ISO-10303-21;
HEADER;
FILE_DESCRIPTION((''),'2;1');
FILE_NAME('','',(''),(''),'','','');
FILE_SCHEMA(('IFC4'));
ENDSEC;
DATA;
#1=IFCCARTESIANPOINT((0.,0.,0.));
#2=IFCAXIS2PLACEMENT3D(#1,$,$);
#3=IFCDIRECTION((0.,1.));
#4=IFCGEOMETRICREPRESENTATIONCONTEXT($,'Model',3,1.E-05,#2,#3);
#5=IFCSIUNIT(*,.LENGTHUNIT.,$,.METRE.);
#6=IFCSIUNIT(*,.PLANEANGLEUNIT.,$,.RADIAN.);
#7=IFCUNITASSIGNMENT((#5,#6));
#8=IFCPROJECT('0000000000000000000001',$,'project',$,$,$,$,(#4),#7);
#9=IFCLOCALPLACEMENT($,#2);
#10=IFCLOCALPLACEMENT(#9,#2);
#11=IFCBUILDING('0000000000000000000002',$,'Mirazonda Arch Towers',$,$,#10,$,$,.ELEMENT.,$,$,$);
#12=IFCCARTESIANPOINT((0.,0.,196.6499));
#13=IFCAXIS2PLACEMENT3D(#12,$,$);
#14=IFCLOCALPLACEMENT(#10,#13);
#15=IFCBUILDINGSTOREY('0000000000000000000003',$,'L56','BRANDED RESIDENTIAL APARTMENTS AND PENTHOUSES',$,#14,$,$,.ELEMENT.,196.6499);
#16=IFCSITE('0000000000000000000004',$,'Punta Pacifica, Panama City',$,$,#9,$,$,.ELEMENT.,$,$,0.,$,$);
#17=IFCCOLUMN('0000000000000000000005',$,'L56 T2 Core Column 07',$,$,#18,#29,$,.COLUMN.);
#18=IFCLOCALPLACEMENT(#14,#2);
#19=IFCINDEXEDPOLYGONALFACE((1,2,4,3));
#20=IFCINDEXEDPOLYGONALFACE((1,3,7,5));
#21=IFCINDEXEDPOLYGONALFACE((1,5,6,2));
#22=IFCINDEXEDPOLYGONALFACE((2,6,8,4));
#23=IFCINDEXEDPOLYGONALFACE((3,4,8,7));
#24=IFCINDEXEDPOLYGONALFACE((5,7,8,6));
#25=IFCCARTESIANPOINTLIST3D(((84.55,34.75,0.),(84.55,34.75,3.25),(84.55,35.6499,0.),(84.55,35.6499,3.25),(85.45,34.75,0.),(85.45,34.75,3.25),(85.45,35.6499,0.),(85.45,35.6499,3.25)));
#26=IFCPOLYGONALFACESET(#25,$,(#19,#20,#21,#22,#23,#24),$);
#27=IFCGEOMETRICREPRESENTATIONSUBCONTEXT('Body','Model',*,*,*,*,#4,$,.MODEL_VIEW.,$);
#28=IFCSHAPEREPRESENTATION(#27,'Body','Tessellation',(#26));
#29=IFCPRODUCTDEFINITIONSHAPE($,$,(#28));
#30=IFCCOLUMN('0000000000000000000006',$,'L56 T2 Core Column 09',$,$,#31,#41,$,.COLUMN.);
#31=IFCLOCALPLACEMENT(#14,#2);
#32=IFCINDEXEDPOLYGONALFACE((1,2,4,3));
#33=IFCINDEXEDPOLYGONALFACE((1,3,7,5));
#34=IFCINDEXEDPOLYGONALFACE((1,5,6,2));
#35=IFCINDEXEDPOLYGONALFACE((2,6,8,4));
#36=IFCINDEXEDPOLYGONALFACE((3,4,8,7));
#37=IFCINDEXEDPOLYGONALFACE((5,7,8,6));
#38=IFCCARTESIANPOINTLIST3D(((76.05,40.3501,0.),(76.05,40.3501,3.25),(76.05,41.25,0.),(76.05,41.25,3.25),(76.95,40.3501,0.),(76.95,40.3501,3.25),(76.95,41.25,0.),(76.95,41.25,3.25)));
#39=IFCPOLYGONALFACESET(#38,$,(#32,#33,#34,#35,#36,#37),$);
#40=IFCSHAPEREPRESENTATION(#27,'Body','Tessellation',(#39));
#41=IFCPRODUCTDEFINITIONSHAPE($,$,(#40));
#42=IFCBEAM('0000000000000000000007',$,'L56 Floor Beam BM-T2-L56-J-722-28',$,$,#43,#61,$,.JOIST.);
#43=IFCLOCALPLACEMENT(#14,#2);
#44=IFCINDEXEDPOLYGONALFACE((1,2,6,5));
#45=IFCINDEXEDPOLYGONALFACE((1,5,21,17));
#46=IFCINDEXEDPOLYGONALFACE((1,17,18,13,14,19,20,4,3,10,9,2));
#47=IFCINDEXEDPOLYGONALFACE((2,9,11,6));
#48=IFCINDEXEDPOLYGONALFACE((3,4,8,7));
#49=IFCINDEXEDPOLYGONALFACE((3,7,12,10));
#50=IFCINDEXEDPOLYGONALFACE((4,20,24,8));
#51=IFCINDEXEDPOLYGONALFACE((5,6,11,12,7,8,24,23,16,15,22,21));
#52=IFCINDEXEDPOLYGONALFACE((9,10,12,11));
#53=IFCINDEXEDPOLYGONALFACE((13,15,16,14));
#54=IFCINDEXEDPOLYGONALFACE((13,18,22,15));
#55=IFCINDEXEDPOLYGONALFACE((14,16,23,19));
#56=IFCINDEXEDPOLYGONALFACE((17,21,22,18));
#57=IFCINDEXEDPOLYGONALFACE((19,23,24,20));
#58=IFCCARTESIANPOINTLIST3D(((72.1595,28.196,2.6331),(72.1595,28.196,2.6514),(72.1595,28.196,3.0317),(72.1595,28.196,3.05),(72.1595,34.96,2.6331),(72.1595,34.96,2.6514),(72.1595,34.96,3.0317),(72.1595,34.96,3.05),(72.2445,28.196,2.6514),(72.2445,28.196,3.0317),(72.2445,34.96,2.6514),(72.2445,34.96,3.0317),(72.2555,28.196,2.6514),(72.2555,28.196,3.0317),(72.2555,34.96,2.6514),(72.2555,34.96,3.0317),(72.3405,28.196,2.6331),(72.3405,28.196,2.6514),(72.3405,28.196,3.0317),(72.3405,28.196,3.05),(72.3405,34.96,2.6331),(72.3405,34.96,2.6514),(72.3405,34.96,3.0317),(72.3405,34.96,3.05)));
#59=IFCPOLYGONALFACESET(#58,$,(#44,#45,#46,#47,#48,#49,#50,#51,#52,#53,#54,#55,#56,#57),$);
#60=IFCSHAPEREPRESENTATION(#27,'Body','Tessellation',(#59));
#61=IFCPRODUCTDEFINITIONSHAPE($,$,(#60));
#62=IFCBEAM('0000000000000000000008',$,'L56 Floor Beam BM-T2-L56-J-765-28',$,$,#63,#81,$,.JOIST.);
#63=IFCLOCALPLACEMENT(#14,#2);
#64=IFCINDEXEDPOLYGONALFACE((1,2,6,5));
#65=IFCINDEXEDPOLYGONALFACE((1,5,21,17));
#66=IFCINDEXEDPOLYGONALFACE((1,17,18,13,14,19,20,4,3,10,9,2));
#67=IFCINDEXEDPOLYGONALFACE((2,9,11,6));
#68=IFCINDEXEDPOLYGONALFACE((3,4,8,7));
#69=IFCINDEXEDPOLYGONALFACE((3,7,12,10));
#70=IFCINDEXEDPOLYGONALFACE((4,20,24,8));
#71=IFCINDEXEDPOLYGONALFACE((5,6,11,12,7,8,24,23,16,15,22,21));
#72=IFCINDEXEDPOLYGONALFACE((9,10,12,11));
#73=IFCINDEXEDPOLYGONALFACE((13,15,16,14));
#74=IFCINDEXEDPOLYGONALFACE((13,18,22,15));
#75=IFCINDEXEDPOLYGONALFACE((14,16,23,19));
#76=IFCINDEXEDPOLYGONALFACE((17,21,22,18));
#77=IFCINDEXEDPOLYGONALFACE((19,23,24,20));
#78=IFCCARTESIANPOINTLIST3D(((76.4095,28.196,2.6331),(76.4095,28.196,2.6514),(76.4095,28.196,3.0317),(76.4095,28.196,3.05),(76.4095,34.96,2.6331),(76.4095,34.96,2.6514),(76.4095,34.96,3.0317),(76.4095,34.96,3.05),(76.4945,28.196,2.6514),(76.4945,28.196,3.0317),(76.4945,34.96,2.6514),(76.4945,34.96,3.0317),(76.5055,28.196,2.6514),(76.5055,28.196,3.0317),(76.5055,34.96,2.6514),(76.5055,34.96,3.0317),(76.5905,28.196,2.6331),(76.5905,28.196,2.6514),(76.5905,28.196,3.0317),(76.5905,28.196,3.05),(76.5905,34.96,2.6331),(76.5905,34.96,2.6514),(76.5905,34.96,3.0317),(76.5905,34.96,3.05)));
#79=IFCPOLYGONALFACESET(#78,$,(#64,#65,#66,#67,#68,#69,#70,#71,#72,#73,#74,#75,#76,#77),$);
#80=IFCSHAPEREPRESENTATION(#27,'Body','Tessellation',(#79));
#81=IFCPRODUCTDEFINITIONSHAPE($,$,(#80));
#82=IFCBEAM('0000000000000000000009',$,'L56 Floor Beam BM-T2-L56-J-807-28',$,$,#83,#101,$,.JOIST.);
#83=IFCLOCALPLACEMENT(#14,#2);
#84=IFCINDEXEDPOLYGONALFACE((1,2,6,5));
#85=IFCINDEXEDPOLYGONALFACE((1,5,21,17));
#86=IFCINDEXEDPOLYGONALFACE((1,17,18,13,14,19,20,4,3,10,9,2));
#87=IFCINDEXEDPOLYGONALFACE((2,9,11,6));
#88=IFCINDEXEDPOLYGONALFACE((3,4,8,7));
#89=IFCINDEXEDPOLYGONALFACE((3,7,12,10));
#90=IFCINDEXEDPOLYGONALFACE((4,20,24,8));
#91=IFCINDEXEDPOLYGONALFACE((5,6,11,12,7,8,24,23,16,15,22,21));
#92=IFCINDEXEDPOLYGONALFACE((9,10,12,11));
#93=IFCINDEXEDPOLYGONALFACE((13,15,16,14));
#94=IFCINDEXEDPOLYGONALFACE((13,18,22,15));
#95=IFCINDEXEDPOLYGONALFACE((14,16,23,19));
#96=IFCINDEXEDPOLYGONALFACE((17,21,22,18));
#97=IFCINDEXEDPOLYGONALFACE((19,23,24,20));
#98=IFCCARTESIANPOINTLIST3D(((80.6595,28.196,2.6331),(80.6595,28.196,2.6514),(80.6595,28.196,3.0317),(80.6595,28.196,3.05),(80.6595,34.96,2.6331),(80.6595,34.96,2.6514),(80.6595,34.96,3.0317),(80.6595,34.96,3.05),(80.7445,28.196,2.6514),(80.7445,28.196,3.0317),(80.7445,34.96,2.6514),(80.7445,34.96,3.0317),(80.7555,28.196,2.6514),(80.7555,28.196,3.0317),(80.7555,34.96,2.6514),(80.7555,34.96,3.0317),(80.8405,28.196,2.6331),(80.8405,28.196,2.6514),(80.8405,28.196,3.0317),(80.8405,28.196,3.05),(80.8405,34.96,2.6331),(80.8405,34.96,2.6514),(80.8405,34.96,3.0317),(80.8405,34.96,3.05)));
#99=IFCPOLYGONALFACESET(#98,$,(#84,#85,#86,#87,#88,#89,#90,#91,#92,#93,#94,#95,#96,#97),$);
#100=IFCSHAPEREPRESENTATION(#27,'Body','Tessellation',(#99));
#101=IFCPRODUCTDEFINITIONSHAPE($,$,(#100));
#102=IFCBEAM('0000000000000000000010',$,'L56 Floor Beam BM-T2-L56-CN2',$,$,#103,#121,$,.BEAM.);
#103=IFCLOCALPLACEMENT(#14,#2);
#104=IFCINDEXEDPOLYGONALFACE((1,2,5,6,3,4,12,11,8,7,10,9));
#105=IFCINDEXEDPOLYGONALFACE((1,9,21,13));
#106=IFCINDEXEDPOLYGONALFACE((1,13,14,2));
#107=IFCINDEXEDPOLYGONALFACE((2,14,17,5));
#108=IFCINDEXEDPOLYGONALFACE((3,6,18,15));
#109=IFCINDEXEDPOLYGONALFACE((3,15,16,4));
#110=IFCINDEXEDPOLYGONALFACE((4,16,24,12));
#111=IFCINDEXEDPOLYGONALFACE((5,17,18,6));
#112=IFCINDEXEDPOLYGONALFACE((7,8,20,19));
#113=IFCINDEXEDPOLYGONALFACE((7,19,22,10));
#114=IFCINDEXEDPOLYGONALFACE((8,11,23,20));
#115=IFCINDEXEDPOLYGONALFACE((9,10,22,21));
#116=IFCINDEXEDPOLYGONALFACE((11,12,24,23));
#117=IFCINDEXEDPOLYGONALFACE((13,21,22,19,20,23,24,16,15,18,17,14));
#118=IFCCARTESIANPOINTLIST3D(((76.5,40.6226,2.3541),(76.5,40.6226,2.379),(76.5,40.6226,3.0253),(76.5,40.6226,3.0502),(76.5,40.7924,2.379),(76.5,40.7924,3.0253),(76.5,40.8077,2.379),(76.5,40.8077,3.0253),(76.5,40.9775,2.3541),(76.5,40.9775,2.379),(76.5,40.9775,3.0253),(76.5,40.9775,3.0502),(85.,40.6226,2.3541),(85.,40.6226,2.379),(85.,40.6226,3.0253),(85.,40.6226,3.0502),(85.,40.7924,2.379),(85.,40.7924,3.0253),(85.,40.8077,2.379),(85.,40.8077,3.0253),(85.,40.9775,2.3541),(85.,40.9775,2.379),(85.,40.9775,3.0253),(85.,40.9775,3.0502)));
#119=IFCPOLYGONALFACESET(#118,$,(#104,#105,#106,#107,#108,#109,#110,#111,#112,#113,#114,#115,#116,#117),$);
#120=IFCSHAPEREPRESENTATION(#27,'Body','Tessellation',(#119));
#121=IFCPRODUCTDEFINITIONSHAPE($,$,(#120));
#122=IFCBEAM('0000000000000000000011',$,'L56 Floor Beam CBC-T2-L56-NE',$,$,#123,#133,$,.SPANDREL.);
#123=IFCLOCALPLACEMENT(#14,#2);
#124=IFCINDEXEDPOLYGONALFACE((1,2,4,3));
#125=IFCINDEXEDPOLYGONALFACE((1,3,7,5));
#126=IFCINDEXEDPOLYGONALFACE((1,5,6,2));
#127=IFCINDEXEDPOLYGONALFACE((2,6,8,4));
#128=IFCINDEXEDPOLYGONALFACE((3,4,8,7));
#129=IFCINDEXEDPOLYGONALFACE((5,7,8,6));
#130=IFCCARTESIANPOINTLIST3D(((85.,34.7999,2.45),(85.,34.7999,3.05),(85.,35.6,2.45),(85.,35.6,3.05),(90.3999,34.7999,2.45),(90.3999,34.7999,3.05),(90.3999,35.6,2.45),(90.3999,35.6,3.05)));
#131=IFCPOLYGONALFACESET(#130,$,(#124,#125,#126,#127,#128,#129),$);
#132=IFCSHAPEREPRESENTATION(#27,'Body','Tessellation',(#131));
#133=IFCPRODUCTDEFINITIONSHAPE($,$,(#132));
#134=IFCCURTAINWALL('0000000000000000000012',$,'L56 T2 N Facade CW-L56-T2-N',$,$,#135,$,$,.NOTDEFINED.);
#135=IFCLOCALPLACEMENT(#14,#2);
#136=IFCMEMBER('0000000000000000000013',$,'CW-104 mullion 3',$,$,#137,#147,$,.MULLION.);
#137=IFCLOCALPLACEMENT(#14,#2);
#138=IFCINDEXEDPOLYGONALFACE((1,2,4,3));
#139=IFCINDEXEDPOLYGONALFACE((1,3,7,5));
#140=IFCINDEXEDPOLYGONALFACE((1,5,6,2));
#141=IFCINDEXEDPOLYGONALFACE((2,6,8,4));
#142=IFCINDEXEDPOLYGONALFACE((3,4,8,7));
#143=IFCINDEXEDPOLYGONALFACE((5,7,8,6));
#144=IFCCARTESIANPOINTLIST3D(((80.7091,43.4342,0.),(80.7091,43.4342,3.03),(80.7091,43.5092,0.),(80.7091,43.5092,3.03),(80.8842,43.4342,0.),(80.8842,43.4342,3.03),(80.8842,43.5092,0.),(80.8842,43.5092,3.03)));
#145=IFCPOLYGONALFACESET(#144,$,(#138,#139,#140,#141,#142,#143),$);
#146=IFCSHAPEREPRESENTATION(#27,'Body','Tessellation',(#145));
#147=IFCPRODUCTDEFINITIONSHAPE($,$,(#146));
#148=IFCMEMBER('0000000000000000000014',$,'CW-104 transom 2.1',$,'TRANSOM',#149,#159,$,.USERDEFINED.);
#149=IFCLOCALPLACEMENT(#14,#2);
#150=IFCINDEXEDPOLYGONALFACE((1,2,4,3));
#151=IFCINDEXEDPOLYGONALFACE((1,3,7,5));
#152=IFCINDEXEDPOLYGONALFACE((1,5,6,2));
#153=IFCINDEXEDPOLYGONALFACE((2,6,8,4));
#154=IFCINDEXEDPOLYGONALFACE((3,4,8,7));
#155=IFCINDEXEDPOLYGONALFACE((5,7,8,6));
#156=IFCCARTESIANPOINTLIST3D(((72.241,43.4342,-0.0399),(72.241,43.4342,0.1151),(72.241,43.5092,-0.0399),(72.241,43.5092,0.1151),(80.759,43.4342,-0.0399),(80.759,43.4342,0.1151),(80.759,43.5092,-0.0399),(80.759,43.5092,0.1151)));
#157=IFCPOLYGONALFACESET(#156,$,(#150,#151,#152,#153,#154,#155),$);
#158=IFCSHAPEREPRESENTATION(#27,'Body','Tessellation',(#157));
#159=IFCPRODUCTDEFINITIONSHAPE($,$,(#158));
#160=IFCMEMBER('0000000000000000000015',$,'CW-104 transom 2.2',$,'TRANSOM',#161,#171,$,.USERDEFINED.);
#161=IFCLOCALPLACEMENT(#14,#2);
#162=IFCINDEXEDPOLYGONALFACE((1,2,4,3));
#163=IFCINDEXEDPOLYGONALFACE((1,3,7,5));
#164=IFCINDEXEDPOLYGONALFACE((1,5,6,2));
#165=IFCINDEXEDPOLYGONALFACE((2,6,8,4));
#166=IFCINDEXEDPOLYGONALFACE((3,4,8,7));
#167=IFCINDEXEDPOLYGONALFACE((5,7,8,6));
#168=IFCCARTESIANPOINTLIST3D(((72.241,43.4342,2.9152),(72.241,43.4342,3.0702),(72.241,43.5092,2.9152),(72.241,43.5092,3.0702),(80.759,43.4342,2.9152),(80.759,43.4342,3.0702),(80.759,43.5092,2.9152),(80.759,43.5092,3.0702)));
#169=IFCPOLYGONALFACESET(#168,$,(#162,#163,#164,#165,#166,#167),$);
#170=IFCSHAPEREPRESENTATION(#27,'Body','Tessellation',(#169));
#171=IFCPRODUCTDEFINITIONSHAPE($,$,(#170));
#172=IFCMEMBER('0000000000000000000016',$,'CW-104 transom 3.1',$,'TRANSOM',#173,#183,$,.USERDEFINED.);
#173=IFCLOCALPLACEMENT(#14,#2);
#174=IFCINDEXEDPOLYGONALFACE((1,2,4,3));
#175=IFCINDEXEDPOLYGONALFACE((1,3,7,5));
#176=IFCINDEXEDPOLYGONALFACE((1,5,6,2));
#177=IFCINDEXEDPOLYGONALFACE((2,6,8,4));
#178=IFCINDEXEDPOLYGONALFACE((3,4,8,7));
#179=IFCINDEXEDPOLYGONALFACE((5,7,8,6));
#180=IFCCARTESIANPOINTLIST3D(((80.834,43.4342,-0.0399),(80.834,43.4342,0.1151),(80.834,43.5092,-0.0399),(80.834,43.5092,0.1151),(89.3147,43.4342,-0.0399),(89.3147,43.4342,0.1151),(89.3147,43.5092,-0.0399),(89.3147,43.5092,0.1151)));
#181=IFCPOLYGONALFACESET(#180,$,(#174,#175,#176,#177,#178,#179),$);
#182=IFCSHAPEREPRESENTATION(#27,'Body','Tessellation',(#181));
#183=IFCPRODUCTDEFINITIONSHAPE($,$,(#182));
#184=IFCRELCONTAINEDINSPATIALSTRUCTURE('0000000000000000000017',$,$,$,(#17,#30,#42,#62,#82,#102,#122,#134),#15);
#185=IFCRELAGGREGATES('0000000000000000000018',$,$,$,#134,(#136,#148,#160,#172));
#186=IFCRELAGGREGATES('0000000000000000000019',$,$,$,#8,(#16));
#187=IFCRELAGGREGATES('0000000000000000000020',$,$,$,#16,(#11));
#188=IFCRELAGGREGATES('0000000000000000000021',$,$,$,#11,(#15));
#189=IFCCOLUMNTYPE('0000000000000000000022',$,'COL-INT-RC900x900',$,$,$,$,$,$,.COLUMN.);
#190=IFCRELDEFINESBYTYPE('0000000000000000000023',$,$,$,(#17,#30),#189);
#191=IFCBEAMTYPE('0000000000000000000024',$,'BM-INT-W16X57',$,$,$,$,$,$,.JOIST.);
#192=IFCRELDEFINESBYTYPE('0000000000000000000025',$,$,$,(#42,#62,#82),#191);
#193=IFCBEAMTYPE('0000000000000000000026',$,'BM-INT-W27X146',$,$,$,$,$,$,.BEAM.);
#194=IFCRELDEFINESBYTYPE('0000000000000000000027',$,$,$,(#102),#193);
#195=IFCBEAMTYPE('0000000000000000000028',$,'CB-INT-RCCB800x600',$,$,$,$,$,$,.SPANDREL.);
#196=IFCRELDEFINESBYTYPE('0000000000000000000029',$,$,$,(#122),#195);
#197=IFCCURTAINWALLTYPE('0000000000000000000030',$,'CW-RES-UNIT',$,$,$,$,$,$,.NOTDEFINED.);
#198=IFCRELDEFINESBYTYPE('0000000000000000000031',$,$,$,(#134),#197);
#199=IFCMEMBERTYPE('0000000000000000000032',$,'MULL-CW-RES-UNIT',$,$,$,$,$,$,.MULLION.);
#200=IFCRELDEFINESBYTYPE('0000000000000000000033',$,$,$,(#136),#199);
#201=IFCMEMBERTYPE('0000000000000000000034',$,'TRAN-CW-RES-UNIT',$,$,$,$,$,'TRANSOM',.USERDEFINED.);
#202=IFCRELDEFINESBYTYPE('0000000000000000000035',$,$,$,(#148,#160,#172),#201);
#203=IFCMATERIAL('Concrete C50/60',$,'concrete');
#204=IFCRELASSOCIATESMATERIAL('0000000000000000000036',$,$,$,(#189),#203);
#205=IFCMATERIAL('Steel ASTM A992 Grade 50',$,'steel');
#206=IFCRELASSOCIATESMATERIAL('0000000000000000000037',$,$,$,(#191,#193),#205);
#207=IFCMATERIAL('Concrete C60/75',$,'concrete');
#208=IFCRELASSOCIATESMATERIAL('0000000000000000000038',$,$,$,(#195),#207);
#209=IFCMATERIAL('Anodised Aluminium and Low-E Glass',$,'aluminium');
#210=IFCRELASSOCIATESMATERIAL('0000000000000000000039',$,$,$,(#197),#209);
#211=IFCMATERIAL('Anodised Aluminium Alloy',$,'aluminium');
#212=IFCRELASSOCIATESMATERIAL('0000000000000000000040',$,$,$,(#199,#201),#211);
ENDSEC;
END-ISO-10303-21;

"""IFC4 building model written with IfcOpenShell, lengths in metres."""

from ifc_helpers import new_model, si_unit, direction, frame, origin, origin_2d, place, context, subcontext, project, spatial, rectangle, i_section, extrude, material, material_profile, profile_set, type_object, element, aggregate, save


model = new_model("IFC4")

# Units and contexts
model_context = context("Model", 3, precision=1e-05, world=origin(), true_north=direction((0.0, 1.0)))
body_context = subcontext(model_context, "Body", "Model", "MODEL_VIEW")
ifc_project = project(units=[si_unit("LENGTHUNIT", "METRE"), si_unit("PLANEANGLEUNIT", "RADIAN")], contexts=[model_context])

# Site, building, storey
site_placement = place(None, origin())
site = spatial("IfcSite", under=ifc_project, at=site_placement, Name="Punta Pacifica, Panama City", CompositionType="ELEMENT", RefElevation=0.0)
building_placement = place(site_placement, origin())
building = spatial("IfcBuilding", under=site, at=building_placement, Name="Mirazonda Arch Towers", CompositionType="ELEMENT")
storey_placement = place(building_placement, frame((0.0, 0.0, 196.6499)))
storey = spatial("IfcBuildingStorey", under=building, at=storey_placement, Name="L56", Description="BRANDED RESIDENTIAL APARTMENTS AND PENTHOUSES", CompositionType="ELEMENT", Elevation=196.6499)

# Columns
ifc_material_1 = material(Name="Concrete C50/60", Category="concrete")
ifc_material_profile_1 = material_profile(ifc_material_1, rectangle(XDim=0.8999, YDim=0.8999, at=origin_2d()), Name="RC900x900")
ifc_profile_set_1 = profile_set([ifc_material_profile_1], Name="Concrete C50/60")
column_type = type_object("IfcColumnType", Name="COL-INT-RC900x900", PredefinedType="COLUMN", material=ifc_profile_set_1)
for number, where, z_axis, x_axis, name in (
    (1, (85.0, 35.2, 0.0), (0.0, 0.0, 1.0), (1.0, 0.0, 0.0), "L56 T2 Core Column 07"),
    (2, (76.5, 40.8, 0.0), (0.0, 0.0, 1.0), (1.0, 0.0, 0.0), "L56 T2 Core Column 09"),
):
    element("IfcColumn", number, at=place(storey_placement, frame(where, z_axis=z_axis, x_axis=x_axis)), inside=storey, type_object=column_type, Name=name, PredefinedType="COLUMN", context=body_context, shape_type="SweptSolid", body=[
        extrude(rectangle(XDim=0.8999, YDim=0.8999, at=origin_2d()), origin(), (0.0, 0.0, 1.0), 3.25),
    ])

# Beams
ifc_material_2 = material(Name="Steel ASTM A992 Grade 50", Category="steel")
ifc_material_profile_2 = material_profile(ifc_material_2, i_section(OverallWidth=0.1809, OverallDepth=0.417, WebThickness=0.011, FlangeThickness=0.0183, at=origin_2d()), Name="W16X57")
ifc_profile_set_2 = profile_set([ifc_material_profile_2], Name="Steel ASTM A992 Grade 50")
beam_type_1 = type_object("IfcBeamType", Name="BM-INT-W16X57", PredefinedType="JOIST", material=ifc_profile_set_2)
for number, where, z_axis, x_axis, name in (
    (3, (72.25, 28.196, 2.8416), (0.0, 1.0, 0.0), (-1.0, 0.0, 0.0), "L56 Floor Beam BM-T2-L56-J-722-28"),
    (4, (76.5, 28.196, 2.8416), (0.0, 1.0, 0.0), (-1.0, 0.0, 0.0), "L56 Floor Beam BM-T2-L56-J-765-28"),
    (5, (80.75, 28.196, 2.8416), (0.0, 1.0, 0.0), (-1.0, 0.0, 0.0), "L56 Floor Beam BM-T2-L56-J-807-28"),
):
    element("IfcBeam", number, at=place(storey_placement, frame(where, z_axis=z_axis, x_axis=x_axis)), inside=storey, type_object=beam_type_1, Name=name, PredefinedType="JOIST", context=body_context, shape_type="SweptSolid", body=[
        extrude(i_section(OverallWidth=0.1809, OverallDepth=0.417, WebThickness=0.011, FlangeThickness=0.0183, at=origin_2d()), origin(), (0.0, 0.0, 1.0), 6.7639),
    ])
ifc_material_profile_3 = material_profile(ifc_material_2, i_section(OverallWidth=0.355, OverallDepth=0.696, WebThickness=0.0154, FlangeThickness=0.0249, at=origin_2d()), Name="W27X146")
ifc_profile_set_3 = profile_set([ifc_material_profile_3], Name="Steel ASTM A992 Grade 50")
beam_type_2 = type_object("IfcBeamType", Name="BM-INT-W27X146", PredefinedType="BEAM", material=ifc_profile_set_3)
beam_1_placement = place(storey_placement, frame((76.5, 40.8, 2.7021), z_axis=(1.0, 0.0, 0.0), x_axis=(0.0, 1.0, 0.0)))
element("IfcBeam", 6, at=beam_1_placement, inside=storey, type_object=beam_type_2, Name="L56 Floor Beam BM-T2-L56-CN2", PredefinedType="BEAM", context=body_context, shape_type="SweptSolid", body=[
    extrude(i_section(OverallWidth=0.355, OverallDepth=0.696, WebThickness=0.0154, FlangeThickness=0.0249, at=origin_2d()), origin(), (0.0, 0.0, 1.0), 8.5),
])
ifc_material_3 = material(Name="Concrete C60/75", Category="concrete")
ifc_material_profile_4 = material_profile(ifc_material_3, rectangle(XDim=0.8, YDim=0.6001, at=origin_2d()), Name="RCCB800x600")
ifc_profile_set_4 = profile_set([ifc_material_profile_4], Name="Concrete C60/75")
beam_type_3 = type_object("IfcBeamType", Name="CB-INT-RCCB800x600", PredefinedType="SPANDREL", material=ifc_profile_set_4)
beam_2_placement = place(storey_placement, frame((85.0, 35.2, 2.75), z_axis=(1.0, 0.0, 0.0), x_axis=(0.0, 1.0, 0.0)))
element("IfcBeam", 7, at=beam_2_placement, inside=storey, type_object=beam_type_3, Name="L56 Floor Beam CBC-T2-L56-NE", PredefinedType="SPANDREL", context=body_context, shape_type="SweptSolid", body=[
    extrude(rectangle(XDim=0.8, YDim=0.6001, at=origin_2d()), origin(), (0.0, 0.0, 1.0), 5.3999),
])

# Curtain wall, members
ifc_material_4 = material(Name="Anodised Aluminium and Low-E Glass", Category="aluminium")
curtain_wall_type = type_object("IfcCurtainWallType", Name="CW-RES-UNIT", PredefinedType="NOTDEFINED", material=ifc_material_4)
curtain_wall_placement = place(storey_placement, origin())
curtain_wall = element("IfcCurtainWall", 8, at=curtain_wall_placement, inside=storey, type_object=curtain_wall_type, Name="L56 T2 N Facade CW-L56-T2-N", PredefinedType="NOTDEFINED")
ifc_material_5 = material(Name="Anodised Aluminium Alloy", Category="aluminium")
ifc_material_profile_5 = material_profile(ifc_material_5, rectangle(XDim=0.075, YDim=0.175, at=origin_2d()), Name="ALU-MULL-75x175")
ifc_profile_set_5 = profile_set([ifc_material_profile_5], Name="Anodised Aluminium Alloy")
member_type_1 = type_object("IfcMemberType", Name="MULL-CW-RES-UNIT", PredefinedType="MULLION", material=ifc_profile_set_5)
member_1_placement = place(storey_placement, frame((80.7966, 43.4717, 0.0), z_axis=(0.0, 0.0, 1.0), x_axis=(0.0, 1.0, 0.0)))
member_1 = element("IfcMember", 9, at=member_1_placement, type_object=member_type_1, Name="CW-104 mullion 3", PredefinedType="MULLION", context=body_context, shape_type="SweptSolid", body=[
    extrude(rectangle(XDim=0.075, YDim=0.175, at=origin_2d()), origin(), (0.0, 0.0, 1.0), 3.03),
])
ifc_material_profile_6 = material_profile(ifc_material_5, rectangle(XDim=0.075, YDim=0.155, at=origin_2d()), Name="ALU-TRAN-75x155")
ifc_profile_set_6 = profile_set([ifc_material_profile_6], Name="Anodised Aluminium Alloy")
member_type_2 = type_object("IfcMemberType", Name="TRAN-CW-RES-UNIT", ElementType="TRANSOM", PredefinedType="USERDEFINED", material=ifc_profile_set_6)
member_2_placement = place(storey_placement, frame((72.241, 43.4717, 0.0376), z_axis=(1.0, 0.0, 0.0), x_axis=(0.0, 1.0, 0.0)))
member_2 = element("IfcMember", 10, at=member_2_placement, type_object=member_type_2, Name="CW-104 transom 2.1", ObjectType="TRANSOM", PredefinedType="USERDEFINED", context=body_context, shape_type="SweptSolid", body=[
    extrude(rectangle(XDim=0.075, YDim=0.155, at=origin_2d()), origin(), (0.0, 0.0, 1.0), 8.5181),
])
member_3_placement = place(storey_placement, frame((72.241, 43.4717, 2.9927), z_axis=(1.0, 0.0, 0.0), x_axis=(0.0, 1.0, 0.0)))
member_3 = element("IfcMember", 11, at=member_3_placement, type_object=member_type_2, Name="CW-104 transom 2.2", ObjectType="TRANSOM", PredefinedType="USERDEFINED", context=body_context, shape_type="SweptSolid", body=[
    extrude(rectangle(XDim=0.075, YDim=0.155, at=origin_2d()), origin(), (0.0, 0.0, 1.0), 8.5181),
])
member_4_placement = place(storey_placement, frame((80.834, 43.4717, 0.0376), z_axis=(1.0, 0.0, 0.0), x_axis=(0.0, 1.0, 0.0)))
member_4 = element("IfcMember", 12, at=member_4_placement, type_object=member_type_2, Name="CW-104 transom 3.1", ObjectType="TRANSOM", PredefinedType="USERDEFINED", context=body_context, shape_type="SweptSolid", body=[
    extrude(rectangle(XDim=0.075, YDim=0.155, at=origin_2d()), origin(), (0.0, 0.0, 1.0), 8.4807),
])
aggregate(curtain_wall, [member_1, member_2, member_3, member_4])

save(model, "model.ifc")
